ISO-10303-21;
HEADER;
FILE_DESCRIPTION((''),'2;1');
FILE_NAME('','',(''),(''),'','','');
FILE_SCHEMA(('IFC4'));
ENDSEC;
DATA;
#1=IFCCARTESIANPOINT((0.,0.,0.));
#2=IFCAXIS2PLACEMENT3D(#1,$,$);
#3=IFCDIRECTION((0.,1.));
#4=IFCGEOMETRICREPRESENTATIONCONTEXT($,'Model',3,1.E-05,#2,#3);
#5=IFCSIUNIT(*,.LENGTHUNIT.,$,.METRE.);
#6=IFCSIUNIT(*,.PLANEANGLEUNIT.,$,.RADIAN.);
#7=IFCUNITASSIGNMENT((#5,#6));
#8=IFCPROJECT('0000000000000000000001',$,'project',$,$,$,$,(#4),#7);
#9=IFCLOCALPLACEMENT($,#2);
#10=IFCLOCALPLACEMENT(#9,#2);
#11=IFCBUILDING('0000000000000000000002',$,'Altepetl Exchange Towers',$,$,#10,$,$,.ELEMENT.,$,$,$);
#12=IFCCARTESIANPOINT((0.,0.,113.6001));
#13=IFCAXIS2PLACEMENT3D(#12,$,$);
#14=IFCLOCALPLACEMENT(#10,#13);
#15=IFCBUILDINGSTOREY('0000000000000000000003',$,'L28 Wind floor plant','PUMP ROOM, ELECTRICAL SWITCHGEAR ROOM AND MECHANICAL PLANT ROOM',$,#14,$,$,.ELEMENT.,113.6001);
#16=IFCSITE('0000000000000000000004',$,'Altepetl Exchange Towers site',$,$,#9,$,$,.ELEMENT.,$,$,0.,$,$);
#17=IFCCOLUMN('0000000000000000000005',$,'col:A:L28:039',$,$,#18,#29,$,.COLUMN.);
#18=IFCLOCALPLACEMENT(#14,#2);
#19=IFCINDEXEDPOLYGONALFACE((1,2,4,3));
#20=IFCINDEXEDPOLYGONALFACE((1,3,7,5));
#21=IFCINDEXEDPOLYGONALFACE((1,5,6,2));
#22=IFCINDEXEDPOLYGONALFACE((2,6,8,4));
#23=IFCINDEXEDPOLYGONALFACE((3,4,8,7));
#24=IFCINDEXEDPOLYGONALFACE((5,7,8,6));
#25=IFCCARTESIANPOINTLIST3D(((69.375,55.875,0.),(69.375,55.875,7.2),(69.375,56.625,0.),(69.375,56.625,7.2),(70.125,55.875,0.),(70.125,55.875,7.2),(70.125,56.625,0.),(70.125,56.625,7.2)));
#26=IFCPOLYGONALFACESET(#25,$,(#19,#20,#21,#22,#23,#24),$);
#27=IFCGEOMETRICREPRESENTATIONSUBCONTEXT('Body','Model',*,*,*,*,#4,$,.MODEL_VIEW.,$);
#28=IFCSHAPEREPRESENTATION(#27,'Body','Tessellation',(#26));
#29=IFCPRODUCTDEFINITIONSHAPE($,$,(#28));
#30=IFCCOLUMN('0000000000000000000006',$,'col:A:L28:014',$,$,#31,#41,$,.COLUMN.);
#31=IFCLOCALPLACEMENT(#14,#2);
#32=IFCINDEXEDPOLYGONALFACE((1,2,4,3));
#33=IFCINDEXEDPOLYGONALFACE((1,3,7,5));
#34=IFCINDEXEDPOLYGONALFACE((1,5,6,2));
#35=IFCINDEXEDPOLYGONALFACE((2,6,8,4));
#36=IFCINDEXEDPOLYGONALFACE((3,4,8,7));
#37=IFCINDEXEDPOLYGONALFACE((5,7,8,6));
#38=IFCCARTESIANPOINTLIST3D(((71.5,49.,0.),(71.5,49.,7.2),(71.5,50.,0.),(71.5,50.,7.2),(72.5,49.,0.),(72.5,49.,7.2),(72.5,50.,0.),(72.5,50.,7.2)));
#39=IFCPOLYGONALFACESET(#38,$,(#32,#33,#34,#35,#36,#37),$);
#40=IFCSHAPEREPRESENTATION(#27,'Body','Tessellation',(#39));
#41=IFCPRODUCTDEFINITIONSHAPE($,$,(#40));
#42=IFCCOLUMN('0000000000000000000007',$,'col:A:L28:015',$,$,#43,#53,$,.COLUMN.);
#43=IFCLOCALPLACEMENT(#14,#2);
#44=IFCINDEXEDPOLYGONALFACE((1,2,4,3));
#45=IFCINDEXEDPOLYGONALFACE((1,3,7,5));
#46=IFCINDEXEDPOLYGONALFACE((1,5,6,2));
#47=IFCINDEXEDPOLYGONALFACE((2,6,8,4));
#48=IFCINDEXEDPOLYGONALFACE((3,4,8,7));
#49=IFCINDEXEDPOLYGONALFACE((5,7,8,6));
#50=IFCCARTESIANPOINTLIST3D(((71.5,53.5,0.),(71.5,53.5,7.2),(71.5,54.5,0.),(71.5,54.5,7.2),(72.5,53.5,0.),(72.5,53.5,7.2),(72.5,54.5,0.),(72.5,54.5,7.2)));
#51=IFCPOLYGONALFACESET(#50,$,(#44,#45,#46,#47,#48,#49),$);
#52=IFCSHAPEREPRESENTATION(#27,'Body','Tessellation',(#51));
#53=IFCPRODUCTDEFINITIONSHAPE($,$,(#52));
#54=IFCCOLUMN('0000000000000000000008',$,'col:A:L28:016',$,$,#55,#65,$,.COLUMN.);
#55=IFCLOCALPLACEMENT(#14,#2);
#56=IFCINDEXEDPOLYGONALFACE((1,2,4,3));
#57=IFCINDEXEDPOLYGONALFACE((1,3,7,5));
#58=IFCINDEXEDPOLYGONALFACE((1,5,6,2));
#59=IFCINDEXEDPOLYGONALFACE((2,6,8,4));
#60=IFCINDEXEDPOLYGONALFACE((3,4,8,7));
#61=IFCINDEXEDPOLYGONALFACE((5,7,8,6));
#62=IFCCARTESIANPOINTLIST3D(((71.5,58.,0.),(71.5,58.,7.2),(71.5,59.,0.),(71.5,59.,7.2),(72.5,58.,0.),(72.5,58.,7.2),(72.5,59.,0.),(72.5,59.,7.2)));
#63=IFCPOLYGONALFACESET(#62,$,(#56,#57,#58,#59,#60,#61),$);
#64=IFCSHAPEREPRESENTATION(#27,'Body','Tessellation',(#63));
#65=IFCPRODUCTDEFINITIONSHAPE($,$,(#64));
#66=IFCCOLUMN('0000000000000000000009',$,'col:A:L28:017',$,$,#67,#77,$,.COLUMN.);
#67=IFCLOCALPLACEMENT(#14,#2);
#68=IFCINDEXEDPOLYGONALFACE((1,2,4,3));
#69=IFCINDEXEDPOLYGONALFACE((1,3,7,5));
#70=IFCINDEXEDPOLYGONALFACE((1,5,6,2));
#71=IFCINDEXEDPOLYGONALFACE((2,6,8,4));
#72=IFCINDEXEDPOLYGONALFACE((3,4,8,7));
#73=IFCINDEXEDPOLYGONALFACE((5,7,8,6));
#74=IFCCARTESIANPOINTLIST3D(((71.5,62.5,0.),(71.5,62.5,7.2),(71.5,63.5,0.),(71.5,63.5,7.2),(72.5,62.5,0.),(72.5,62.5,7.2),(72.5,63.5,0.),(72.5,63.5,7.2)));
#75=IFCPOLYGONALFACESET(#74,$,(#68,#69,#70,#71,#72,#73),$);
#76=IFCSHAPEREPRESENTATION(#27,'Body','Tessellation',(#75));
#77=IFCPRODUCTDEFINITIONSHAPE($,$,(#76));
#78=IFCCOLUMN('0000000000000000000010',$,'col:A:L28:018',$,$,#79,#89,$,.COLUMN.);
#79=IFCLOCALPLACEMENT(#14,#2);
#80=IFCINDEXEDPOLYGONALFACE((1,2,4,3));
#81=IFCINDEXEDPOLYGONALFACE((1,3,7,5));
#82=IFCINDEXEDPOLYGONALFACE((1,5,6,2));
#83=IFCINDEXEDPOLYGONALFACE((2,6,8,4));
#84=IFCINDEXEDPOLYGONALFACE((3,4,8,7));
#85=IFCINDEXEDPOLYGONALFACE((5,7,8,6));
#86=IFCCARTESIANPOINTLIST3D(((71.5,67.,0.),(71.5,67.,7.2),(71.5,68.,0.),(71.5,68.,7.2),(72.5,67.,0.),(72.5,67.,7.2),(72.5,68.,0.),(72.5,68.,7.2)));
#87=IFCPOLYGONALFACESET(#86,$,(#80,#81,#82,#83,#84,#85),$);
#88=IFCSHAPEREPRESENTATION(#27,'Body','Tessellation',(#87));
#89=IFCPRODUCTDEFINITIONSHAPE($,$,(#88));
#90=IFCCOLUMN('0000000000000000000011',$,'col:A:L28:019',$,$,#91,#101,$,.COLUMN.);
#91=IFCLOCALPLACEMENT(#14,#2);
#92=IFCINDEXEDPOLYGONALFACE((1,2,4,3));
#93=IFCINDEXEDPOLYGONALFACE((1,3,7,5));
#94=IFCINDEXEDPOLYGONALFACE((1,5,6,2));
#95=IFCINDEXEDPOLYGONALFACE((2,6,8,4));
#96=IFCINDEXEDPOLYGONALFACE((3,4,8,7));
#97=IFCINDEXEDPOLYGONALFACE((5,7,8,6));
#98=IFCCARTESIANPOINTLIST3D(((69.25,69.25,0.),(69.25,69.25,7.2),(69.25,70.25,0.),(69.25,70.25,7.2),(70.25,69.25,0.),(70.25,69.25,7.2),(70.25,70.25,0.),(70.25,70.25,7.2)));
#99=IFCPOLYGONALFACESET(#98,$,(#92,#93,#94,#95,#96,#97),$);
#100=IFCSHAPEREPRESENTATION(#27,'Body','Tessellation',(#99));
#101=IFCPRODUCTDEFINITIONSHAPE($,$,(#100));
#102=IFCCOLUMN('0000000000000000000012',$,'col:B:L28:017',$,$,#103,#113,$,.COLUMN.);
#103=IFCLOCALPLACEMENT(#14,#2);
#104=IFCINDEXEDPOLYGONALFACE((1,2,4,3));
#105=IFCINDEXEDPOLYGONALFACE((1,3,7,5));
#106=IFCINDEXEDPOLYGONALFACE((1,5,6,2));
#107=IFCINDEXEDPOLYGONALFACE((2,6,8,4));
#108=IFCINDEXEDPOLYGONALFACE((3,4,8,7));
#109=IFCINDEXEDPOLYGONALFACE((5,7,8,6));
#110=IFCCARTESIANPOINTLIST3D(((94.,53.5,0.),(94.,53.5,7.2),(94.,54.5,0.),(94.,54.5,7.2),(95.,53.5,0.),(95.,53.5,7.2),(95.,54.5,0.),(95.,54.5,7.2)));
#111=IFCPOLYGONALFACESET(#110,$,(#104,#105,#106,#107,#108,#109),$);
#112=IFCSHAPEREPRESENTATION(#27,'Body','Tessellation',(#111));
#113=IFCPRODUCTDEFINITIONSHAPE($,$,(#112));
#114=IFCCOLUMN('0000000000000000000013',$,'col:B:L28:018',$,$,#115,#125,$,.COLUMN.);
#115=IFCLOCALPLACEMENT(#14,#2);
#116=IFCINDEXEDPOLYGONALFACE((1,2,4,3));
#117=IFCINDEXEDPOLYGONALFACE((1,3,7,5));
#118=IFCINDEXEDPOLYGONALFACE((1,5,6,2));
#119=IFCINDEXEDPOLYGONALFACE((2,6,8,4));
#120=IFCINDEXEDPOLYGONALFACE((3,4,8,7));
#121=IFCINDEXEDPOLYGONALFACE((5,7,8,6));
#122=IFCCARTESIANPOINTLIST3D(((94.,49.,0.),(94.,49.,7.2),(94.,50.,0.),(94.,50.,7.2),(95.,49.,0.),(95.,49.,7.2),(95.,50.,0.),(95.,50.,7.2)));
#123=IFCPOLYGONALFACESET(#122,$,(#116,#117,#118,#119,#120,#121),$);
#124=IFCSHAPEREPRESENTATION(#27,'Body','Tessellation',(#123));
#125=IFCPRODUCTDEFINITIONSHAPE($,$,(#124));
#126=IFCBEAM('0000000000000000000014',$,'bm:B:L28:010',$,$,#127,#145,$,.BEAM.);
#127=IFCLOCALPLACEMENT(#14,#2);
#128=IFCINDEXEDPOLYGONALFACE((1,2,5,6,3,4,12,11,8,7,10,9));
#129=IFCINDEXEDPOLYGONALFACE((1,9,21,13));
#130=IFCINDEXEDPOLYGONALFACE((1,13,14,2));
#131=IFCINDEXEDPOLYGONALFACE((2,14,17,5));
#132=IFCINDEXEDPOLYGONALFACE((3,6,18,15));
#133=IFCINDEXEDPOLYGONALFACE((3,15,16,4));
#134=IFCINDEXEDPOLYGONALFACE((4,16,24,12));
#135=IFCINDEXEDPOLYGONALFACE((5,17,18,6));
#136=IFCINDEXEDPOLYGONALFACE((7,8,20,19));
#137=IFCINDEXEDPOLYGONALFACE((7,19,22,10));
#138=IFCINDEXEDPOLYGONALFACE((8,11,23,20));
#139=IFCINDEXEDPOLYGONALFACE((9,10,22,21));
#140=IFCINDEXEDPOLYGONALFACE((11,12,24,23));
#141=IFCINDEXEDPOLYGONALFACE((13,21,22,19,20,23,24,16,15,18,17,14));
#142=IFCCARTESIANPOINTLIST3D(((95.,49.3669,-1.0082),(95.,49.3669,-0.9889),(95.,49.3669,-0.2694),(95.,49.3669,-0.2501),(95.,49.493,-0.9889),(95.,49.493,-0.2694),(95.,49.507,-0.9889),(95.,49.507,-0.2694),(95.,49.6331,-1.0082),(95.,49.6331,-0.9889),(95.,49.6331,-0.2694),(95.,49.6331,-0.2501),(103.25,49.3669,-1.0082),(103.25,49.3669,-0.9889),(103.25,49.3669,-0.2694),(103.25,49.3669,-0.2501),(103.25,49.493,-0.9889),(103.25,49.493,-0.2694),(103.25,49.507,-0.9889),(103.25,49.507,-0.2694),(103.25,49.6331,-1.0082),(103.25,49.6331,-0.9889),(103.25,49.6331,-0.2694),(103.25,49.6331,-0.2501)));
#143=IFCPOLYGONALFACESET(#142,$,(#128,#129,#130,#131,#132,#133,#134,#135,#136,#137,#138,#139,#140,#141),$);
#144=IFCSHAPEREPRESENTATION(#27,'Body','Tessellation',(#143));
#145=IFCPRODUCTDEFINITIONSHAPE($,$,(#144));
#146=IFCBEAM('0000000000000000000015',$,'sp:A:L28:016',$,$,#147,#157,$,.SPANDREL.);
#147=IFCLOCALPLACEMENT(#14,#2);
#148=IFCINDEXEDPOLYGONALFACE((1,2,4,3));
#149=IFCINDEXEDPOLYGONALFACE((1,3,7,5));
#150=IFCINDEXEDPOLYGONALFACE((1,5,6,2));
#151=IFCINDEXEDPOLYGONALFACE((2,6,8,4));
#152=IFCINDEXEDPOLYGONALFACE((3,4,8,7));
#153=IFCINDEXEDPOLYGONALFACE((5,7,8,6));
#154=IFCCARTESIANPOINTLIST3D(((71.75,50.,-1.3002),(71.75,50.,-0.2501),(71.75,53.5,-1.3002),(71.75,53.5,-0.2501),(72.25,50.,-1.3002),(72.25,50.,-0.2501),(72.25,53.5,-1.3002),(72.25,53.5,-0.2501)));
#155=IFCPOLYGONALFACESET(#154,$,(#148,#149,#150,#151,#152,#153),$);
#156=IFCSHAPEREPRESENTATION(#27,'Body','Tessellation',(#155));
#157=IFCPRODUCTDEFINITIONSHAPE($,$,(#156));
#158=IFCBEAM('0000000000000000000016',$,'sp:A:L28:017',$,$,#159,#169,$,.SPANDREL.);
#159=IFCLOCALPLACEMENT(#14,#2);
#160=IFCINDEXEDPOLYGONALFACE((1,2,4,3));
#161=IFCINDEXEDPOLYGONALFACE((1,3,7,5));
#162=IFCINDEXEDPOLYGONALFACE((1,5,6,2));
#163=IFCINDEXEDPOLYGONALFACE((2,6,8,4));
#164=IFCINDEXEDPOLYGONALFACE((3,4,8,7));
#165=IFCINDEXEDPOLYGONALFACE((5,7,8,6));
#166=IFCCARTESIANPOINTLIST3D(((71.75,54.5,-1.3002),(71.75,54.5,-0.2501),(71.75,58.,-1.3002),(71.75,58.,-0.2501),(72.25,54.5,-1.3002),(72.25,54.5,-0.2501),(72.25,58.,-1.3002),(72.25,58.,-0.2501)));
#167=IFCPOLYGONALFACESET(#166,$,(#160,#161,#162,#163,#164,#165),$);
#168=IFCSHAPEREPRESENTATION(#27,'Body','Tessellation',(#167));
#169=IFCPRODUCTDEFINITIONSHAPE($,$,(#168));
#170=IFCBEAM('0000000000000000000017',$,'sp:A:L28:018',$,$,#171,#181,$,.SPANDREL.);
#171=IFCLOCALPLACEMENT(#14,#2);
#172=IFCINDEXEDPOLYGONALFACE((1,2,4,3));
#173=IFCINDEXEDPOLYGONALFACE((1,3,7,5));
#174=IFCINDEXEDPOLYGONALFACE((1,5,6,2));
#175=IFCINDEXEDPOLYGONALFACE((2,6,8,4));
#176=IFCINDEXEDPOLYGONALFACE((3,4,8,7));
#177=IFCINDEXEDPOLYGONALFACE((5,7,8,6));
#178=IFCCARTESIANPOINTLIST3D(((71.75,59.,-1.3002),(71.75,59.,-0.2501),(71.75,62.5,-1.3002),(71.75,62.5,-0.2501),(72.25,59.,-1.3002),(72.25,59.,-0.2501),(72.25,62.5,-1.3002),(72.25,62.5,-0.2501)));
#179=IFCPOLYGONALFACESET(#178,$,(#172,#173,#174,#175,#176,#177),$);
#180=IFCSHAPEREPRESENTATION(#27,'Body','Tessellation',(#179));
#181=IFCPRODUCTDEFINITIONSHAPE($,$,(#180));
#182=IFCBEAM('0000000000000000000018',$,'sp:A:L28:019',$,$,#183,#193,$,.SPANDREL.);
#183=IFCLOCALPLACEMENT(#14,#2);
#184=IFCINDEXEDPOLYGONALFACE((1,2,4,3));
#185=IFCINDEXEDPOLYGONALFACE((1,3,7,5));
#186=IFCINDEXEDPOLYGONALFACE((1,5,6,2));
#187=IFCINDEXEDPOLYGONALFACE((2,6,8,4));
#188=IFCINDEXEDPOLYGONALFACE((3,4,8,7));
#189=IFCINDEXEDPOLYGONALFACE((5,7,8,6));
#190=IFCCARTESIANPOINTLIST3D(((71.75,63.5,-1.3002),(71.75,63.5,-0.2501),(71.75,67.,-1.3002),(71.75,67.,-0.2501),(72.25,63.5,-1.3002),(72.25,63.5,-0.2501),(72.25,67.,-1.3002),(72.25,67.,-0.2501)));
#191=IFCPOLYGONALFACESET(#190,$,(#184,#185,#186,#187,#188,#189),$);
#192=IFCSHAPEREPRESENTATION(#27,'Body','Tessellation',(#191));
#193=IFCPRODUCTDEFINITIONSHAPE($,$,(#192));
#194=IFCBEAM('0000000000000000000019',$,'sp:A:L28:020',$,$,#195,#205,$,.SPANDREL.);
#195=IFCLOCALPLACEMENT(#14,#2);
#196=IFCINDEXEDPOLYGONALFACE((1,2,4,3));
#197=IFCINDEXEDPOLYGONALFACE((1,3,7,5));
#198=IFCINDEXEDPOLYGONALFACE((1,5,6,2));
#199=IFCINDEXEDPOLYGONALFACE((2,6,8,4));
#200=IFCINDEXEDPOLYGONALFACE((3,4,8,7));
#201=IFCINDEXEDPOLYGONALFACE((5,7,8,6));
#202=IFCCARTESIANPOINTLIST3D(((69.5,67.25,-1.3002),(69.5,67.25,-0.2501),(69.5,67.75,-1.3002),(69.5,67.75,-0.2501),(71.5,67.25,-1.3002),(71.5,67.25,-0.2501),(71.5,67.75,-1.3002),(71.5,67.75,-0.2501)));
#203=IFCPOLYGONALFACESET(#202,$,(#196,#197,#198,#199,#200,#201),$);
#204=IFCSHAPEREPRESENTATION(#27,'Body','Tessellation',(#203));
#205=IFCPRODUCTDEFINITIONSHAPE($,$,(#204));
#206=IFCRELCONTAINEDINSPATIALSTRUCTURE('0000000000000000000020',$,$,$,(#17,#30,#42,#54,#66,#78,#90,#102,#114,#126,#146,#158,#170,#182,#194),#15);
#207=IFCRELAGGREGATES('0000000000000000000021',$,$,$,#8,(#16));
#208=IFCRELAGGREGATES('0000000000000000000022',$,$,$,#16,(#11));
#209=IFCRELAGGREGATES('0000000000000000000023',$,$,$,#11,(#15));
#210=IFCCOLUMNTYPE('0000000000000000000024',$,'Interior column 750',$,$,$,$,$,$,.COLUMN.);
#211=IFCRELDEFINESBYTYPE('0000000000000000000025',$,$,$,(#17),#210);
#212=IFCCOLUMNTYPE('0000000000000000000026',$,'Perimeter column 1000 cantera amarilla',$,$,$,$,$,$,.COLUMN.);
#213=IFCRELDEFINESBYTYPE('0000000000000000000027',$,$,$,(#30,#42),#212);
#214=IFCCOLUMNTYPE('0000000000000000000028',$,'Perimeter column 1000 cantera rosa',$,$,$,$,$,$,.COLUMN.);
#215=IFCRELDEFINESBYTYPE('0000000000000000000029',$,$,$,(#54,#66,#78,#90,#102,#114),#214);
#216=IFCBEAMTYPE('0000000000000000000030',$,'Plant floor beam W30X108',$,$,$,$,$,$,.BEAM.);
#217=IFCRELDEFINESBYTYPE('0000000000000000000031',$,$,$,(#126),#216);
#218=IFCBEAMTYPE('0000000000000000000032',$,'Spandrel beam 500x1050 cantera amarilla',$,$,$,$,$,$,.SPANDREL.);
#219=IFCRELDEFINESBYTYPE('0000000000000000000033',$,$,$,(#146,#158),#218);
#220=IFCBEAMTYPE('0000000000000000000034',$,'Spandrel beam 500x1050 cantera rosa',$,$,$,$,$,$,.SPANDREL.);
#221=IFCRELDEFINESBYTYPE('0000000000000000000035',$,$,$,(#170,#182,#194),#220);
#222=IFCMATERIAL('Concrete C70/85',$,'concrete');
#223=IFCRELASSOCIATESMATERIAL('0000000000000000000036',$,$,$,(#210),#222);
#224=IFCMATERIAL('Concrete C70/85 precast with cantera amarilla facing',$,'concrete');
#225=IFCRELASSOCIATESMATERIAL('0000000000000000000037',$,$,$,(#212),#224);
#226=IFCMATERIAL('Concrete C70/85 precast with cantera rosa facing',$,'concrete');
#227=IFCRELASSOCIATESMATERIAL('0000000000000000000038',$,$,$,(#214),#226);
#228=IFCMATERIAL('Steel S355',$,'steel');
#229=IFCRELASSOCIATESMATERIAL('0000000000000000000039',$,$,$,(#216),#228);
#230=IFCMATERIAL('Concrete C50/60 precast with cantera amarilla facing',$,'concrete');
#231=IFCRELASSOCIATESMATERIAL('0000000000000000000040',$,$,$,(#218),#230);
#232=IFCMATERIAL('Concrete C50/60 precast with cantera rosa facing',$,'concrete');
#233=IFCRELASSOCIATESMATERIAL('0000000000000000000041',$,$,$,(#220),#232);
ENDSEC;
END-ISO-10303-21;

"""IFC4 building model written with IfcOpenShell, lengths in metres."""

from ifc_helpers import new_model, si_unit, direction, frame, origin, origin_2d, place, context, subcontext, project, spatial, rectangle, i_section, extrude, material, material_profile, profile_set, type_object, element, save


model = new_model("IFC4")

# Units and contexts
model_context = context("Model", 3, precision=1e-05, world=origin(), true_north=direction((0.0, 1.0)))
body_context = subcontext(model_context, "Body", "Model", "MODEL_VIEW")
ifc_project = project(units=[si_unit("LENGTHUNIT", "METRE"), si_unit("PLANEANGLEUNIT", "RADIAN")], contexts=[model_context])

# Site, building, storey
site_placement = place(None, origin())
site = spatial("IfcSite", under=ifc_project, at=site_placement, Name="Altepetl Exchange Towers site", CompositionType="ELEMENT", RefElevation=0.0)
building_placement = place(site_placement, origin())
building = spatial("IfcBuilding", under=site, at=building_placement, Name="Altepetl Exchange Towers", CompositionType="ELEMENT")
storey_placement = place(building_placement, frame((0.0, 0.0, 113.6001)))
storey = spatial("IfcBuildingStorey", under=building, at=storey_placement, Name="L28 Wind floor plant", Description="PUMP ROOM, ELECTRICAL SWITCHGEAR ROOM AND MECHANICAL PLANT ROOM", CompositionType="ELEMENT", Elevation=113.6001)

# Columns
ifc_material_1 = material(Name="Concrete C70/85", Category="concrete")
ifc_material_profile_1 = material_profile(ifc_material_1, rectangle(XDim=0.75, YDim=0.75, at=origin_2d()), Name="750 x 750")
ifc_profile_set_1 = profile_set([ifc_material_profile_1], Name="Concrete C70/85")
column_type_1 = type_object("IfcColumnType", Name="Interior column 750", PredefinedType="COLUMN", material=ifc_profile_set_1)
column_placement = place(storey_placement, frame((69.75, 56.25, 0.0)))
element("IfcColumn", 1, at=column_placement, inside=storey, type_object=column_type_1, Name="col:A:L28:039", PredefinedType="COLUMN", context=body_context, shape_type="SweptSolid", body=[
    extrude(rectangle(XDim=0.75, YDim=0.75, at=origin_2d()), origin(), (0.0, 0.0, 1.0), 7.2),
])
ifc_material_2 = material(Name="Concrete C70/85 precast with cantera amarilla facing", Category="concrete")
ifc_material_profile_2 = material_profile(ifc_material_2, rectangle(XDim=1.0, YDim=1.0, at=origin_2d()), Name="1000 x 1000")
ifc_profile_set_2 = profile_set([ifc_material_profile_2], Name="Concrete C70/85 precast with cantera amarilla facing")
column_type_2 = type_object("IfcColumnType", Name="Perimeter column 1000 cantera amarilla", PredefinedType="COLUMN", material=ifc_profile_set_2)
for number, where, name in (
    (2, (72.0, 49.5, 0.0), "col:A:L28:014"),
    (3, (72.0, 54.0, 0.0), "col:A:L28:015"),
):
    element("IfcColumn", number, at=place(storey_placement, frame(where)), inside=storey, type_object=column_type_2, Name=name, PredefinedType="COLUMN", context=body_context, shape_type="SweptSolid", body=[
        extrude(rectangle(XDim=1.0, YDim=1.0, at=origin_2d()), origin(), (0.0, 0.0, 1.0), 7.2),
    ])
ifc_material_3 = material(Name="Concrete C70/85 precast with cantera rosa facing", Category="concrete")
ifc_material_profile_3 = material_profile(ifc_material_3, rectangle(XDim=1.0, YDim=1.0, at=origin_2d()), Name="1000 x 1000")
ifc_profile_set_3 = profile_set([ifc_material_profile_3], Name="Concrete C70/85 precast with cantera rosa facing")
column_type_3 = type_object("IfcColumnType", Name="Perimeter column 1000 cantera rosa", PredefinedType="COLUMN", material=ifc_profile_set_3)
for number, where, name in (
    (4, (72.0, 58.5, 0.0), "col:A:L28:016"),
    (5, (72.0, 63.0, 0.0), "col:A:L28:017"),
    (6, (72.0, 67.5, 0.0), "col:A:L28:018"),
    (7, (69.75, 69.75, 0.0), "col:A:L28:019"),
    (8, (94.5, 54.0, 0.0), "col:B:L28:017"),
    (9, (94.5, 49.5, 0.0), "col:B:L28:018"),
):
    element("IfcColumn", number, at=place(storey_placement, frame(where)), inside=storey, type_object=column_type_3, Name=name, PredefinedType="COLUMN", context=body_context, shape_type="SweptSolid", body=[
        extrude(rectangle(XDim=1.0, YDim=1.0, at=origin_2d()), origin(), (0.0, 0.0, 1.0), 7.2),
    ])

# Beams
ifc_material_4 = material(Name="Steel S355", Category="steel")
ifc_material_profile_4 = material_profile(ifc_material_4, i_section(OverallWidth=0.2661, OverallDepth=0.7581, WebThickness=0.0139, FlangeThickness=0.0193, at=origin_2d()), Name="W30X108")
ifc_profile_set_4 = profile_set([ifc_material_profile_4], Name="Steel S355")
beam_type_1 = type_object("IfcBeamType", Name="Plant floor beam W30X108", PredefinedType="BEAM", material=ifc_profile_set_4)
beam_1_placement = place(storey_placement, frame((95.0, 49.5, -0.6292), z_axis=(1.0, 0.0, 0.0), x_axis=(0.0, 1.0, 0.0)))
element("IfcBeam", 10, at=beam_1_placement, inside=storey, type_object=beam_type_1, Name="bm:B:L28:010", PredefinedType="BEAM", context=body_context, shape_type="SweptSolid", body=[
    extrude(i_section(OverallWidth=0.2661, OverallDepth=0.7581, WebThickness=0.0139, FlangeThickness=0.0193, at=origin_2d()), origin(), (0.0, 0.0, 1.0), 8.25),
])
ifc_material_5 = material(Name="Concrete C50/60 precast with cantera amarilla facing", Category="concrete")
ifc_material_profile_5 = material_profile(ifc_material_5, rectangle(XDim=0.5, YDim=1.05, at=origin_2d()), Name="500 x 1050")
ifc_profile_set_5 = profile_set([ifc_material_profile_5], Name="Concrete C50/60 precast with cantera amarilla facing")
beam_type_2 = type_object("IfcBeamType", Name="Spandrel beam 500x1050 cantera amarilla", PredefinedType="SPANDREL", material=ifc_profile_set_5)
for number, where, z_axis, x_axis, name in (
    (11, (72.0, 50.0, -0.7751), (0.0, 1.0, 0.0), (-1.0, 0.0, 0.0), "sp:A:L28:016"),
    (12, (72.0, 54.5, -0.7751), (0.0, 1.0, 0.0), (-1.0, 0.0, 0.0), "sp:A:L28:017"),
):
    element("IfcBeam", number, at=place(storey_placement, frame(where, z_axis=z_axis, x_axis=x_axis)), inside=storey, type_object=beam_type_2, Name=name, PredefinedType="SPANDREL", context=body_context, shape_type="SweptSolid", body=[
        extrude(rectangle(XDim=0.5, YDim=1.05, at=origin_2d()), origin(), (0.0, 0.0, 1.0), 3.5),
    ])
ifc_material_6 = material(Name="Concrete C50/60 precast with cantera rosa facing", Category="concrete")
ifc_material_profile_6 = material_profile(ifc_material_6, rectangle(XDim=0.5, YDim=1.05, at=origin_2d()), Name="500 x 1050")
ifc_profile_set_6 = profile_set([ifc_material_profile_6], Name="Concrete C50/60 precast with cantera rosa facing")
beam_type_3 = type_object("IfcBeamType", Name="Spandrel beam 500x1050 cantera rosa", PredefinedType="SPANDREL", material=ifc_profile_set_6)
for number, where, z_axis, x_axis, name in (
    (13, (72.0, 59.0, -0.7751), (0.0, 1.0, 0.0), (-1.0, 0.0, 0.0), "sp:A:L28:018"),
    (14, (72.0, 63.5, -0.7751), (0.0, 1.0, 0.0), (-1.0, 0.0, 0.0), "sp:A:L28:019"),
):
    element("IfcBeam", number, at=place(storey_placement, frame(where, z_axis=z_axis, x_axis=x_axis)), inside=storey, type_object=beam_type_3, Name=name, PredefinedType="SPANDREL", context=body_context, shape_type="SweptSolid", body=[
        extrude(rectangle(XDim=0.5, YDim=1.05, at=origin_2d()), origin(), (0.0, 0.0, 1.0), 3.5),
    ])
beam_2_placement = place(storey_placement, frame((71.5, 67.5, -0.7751), z_axis=(-1.0, 0.0, 0.0), x_axis=(0.0, -1.0, 0.0)))
element("IfcBeam", 15, at=beam_2_placement, inside=storey, type_object=beam_type_3, Name="sp:A:L28:020", PredefinedType="SPANDREL", context=body_context, shape_type="SweptSolid", body=[
    extrude(rectangle(XDim=0.5, YDim=1.05, at=origin_2d()), origin(), (0.0, 0.0, 1.0), 2.0),
])

save(model, "model.ifc")
